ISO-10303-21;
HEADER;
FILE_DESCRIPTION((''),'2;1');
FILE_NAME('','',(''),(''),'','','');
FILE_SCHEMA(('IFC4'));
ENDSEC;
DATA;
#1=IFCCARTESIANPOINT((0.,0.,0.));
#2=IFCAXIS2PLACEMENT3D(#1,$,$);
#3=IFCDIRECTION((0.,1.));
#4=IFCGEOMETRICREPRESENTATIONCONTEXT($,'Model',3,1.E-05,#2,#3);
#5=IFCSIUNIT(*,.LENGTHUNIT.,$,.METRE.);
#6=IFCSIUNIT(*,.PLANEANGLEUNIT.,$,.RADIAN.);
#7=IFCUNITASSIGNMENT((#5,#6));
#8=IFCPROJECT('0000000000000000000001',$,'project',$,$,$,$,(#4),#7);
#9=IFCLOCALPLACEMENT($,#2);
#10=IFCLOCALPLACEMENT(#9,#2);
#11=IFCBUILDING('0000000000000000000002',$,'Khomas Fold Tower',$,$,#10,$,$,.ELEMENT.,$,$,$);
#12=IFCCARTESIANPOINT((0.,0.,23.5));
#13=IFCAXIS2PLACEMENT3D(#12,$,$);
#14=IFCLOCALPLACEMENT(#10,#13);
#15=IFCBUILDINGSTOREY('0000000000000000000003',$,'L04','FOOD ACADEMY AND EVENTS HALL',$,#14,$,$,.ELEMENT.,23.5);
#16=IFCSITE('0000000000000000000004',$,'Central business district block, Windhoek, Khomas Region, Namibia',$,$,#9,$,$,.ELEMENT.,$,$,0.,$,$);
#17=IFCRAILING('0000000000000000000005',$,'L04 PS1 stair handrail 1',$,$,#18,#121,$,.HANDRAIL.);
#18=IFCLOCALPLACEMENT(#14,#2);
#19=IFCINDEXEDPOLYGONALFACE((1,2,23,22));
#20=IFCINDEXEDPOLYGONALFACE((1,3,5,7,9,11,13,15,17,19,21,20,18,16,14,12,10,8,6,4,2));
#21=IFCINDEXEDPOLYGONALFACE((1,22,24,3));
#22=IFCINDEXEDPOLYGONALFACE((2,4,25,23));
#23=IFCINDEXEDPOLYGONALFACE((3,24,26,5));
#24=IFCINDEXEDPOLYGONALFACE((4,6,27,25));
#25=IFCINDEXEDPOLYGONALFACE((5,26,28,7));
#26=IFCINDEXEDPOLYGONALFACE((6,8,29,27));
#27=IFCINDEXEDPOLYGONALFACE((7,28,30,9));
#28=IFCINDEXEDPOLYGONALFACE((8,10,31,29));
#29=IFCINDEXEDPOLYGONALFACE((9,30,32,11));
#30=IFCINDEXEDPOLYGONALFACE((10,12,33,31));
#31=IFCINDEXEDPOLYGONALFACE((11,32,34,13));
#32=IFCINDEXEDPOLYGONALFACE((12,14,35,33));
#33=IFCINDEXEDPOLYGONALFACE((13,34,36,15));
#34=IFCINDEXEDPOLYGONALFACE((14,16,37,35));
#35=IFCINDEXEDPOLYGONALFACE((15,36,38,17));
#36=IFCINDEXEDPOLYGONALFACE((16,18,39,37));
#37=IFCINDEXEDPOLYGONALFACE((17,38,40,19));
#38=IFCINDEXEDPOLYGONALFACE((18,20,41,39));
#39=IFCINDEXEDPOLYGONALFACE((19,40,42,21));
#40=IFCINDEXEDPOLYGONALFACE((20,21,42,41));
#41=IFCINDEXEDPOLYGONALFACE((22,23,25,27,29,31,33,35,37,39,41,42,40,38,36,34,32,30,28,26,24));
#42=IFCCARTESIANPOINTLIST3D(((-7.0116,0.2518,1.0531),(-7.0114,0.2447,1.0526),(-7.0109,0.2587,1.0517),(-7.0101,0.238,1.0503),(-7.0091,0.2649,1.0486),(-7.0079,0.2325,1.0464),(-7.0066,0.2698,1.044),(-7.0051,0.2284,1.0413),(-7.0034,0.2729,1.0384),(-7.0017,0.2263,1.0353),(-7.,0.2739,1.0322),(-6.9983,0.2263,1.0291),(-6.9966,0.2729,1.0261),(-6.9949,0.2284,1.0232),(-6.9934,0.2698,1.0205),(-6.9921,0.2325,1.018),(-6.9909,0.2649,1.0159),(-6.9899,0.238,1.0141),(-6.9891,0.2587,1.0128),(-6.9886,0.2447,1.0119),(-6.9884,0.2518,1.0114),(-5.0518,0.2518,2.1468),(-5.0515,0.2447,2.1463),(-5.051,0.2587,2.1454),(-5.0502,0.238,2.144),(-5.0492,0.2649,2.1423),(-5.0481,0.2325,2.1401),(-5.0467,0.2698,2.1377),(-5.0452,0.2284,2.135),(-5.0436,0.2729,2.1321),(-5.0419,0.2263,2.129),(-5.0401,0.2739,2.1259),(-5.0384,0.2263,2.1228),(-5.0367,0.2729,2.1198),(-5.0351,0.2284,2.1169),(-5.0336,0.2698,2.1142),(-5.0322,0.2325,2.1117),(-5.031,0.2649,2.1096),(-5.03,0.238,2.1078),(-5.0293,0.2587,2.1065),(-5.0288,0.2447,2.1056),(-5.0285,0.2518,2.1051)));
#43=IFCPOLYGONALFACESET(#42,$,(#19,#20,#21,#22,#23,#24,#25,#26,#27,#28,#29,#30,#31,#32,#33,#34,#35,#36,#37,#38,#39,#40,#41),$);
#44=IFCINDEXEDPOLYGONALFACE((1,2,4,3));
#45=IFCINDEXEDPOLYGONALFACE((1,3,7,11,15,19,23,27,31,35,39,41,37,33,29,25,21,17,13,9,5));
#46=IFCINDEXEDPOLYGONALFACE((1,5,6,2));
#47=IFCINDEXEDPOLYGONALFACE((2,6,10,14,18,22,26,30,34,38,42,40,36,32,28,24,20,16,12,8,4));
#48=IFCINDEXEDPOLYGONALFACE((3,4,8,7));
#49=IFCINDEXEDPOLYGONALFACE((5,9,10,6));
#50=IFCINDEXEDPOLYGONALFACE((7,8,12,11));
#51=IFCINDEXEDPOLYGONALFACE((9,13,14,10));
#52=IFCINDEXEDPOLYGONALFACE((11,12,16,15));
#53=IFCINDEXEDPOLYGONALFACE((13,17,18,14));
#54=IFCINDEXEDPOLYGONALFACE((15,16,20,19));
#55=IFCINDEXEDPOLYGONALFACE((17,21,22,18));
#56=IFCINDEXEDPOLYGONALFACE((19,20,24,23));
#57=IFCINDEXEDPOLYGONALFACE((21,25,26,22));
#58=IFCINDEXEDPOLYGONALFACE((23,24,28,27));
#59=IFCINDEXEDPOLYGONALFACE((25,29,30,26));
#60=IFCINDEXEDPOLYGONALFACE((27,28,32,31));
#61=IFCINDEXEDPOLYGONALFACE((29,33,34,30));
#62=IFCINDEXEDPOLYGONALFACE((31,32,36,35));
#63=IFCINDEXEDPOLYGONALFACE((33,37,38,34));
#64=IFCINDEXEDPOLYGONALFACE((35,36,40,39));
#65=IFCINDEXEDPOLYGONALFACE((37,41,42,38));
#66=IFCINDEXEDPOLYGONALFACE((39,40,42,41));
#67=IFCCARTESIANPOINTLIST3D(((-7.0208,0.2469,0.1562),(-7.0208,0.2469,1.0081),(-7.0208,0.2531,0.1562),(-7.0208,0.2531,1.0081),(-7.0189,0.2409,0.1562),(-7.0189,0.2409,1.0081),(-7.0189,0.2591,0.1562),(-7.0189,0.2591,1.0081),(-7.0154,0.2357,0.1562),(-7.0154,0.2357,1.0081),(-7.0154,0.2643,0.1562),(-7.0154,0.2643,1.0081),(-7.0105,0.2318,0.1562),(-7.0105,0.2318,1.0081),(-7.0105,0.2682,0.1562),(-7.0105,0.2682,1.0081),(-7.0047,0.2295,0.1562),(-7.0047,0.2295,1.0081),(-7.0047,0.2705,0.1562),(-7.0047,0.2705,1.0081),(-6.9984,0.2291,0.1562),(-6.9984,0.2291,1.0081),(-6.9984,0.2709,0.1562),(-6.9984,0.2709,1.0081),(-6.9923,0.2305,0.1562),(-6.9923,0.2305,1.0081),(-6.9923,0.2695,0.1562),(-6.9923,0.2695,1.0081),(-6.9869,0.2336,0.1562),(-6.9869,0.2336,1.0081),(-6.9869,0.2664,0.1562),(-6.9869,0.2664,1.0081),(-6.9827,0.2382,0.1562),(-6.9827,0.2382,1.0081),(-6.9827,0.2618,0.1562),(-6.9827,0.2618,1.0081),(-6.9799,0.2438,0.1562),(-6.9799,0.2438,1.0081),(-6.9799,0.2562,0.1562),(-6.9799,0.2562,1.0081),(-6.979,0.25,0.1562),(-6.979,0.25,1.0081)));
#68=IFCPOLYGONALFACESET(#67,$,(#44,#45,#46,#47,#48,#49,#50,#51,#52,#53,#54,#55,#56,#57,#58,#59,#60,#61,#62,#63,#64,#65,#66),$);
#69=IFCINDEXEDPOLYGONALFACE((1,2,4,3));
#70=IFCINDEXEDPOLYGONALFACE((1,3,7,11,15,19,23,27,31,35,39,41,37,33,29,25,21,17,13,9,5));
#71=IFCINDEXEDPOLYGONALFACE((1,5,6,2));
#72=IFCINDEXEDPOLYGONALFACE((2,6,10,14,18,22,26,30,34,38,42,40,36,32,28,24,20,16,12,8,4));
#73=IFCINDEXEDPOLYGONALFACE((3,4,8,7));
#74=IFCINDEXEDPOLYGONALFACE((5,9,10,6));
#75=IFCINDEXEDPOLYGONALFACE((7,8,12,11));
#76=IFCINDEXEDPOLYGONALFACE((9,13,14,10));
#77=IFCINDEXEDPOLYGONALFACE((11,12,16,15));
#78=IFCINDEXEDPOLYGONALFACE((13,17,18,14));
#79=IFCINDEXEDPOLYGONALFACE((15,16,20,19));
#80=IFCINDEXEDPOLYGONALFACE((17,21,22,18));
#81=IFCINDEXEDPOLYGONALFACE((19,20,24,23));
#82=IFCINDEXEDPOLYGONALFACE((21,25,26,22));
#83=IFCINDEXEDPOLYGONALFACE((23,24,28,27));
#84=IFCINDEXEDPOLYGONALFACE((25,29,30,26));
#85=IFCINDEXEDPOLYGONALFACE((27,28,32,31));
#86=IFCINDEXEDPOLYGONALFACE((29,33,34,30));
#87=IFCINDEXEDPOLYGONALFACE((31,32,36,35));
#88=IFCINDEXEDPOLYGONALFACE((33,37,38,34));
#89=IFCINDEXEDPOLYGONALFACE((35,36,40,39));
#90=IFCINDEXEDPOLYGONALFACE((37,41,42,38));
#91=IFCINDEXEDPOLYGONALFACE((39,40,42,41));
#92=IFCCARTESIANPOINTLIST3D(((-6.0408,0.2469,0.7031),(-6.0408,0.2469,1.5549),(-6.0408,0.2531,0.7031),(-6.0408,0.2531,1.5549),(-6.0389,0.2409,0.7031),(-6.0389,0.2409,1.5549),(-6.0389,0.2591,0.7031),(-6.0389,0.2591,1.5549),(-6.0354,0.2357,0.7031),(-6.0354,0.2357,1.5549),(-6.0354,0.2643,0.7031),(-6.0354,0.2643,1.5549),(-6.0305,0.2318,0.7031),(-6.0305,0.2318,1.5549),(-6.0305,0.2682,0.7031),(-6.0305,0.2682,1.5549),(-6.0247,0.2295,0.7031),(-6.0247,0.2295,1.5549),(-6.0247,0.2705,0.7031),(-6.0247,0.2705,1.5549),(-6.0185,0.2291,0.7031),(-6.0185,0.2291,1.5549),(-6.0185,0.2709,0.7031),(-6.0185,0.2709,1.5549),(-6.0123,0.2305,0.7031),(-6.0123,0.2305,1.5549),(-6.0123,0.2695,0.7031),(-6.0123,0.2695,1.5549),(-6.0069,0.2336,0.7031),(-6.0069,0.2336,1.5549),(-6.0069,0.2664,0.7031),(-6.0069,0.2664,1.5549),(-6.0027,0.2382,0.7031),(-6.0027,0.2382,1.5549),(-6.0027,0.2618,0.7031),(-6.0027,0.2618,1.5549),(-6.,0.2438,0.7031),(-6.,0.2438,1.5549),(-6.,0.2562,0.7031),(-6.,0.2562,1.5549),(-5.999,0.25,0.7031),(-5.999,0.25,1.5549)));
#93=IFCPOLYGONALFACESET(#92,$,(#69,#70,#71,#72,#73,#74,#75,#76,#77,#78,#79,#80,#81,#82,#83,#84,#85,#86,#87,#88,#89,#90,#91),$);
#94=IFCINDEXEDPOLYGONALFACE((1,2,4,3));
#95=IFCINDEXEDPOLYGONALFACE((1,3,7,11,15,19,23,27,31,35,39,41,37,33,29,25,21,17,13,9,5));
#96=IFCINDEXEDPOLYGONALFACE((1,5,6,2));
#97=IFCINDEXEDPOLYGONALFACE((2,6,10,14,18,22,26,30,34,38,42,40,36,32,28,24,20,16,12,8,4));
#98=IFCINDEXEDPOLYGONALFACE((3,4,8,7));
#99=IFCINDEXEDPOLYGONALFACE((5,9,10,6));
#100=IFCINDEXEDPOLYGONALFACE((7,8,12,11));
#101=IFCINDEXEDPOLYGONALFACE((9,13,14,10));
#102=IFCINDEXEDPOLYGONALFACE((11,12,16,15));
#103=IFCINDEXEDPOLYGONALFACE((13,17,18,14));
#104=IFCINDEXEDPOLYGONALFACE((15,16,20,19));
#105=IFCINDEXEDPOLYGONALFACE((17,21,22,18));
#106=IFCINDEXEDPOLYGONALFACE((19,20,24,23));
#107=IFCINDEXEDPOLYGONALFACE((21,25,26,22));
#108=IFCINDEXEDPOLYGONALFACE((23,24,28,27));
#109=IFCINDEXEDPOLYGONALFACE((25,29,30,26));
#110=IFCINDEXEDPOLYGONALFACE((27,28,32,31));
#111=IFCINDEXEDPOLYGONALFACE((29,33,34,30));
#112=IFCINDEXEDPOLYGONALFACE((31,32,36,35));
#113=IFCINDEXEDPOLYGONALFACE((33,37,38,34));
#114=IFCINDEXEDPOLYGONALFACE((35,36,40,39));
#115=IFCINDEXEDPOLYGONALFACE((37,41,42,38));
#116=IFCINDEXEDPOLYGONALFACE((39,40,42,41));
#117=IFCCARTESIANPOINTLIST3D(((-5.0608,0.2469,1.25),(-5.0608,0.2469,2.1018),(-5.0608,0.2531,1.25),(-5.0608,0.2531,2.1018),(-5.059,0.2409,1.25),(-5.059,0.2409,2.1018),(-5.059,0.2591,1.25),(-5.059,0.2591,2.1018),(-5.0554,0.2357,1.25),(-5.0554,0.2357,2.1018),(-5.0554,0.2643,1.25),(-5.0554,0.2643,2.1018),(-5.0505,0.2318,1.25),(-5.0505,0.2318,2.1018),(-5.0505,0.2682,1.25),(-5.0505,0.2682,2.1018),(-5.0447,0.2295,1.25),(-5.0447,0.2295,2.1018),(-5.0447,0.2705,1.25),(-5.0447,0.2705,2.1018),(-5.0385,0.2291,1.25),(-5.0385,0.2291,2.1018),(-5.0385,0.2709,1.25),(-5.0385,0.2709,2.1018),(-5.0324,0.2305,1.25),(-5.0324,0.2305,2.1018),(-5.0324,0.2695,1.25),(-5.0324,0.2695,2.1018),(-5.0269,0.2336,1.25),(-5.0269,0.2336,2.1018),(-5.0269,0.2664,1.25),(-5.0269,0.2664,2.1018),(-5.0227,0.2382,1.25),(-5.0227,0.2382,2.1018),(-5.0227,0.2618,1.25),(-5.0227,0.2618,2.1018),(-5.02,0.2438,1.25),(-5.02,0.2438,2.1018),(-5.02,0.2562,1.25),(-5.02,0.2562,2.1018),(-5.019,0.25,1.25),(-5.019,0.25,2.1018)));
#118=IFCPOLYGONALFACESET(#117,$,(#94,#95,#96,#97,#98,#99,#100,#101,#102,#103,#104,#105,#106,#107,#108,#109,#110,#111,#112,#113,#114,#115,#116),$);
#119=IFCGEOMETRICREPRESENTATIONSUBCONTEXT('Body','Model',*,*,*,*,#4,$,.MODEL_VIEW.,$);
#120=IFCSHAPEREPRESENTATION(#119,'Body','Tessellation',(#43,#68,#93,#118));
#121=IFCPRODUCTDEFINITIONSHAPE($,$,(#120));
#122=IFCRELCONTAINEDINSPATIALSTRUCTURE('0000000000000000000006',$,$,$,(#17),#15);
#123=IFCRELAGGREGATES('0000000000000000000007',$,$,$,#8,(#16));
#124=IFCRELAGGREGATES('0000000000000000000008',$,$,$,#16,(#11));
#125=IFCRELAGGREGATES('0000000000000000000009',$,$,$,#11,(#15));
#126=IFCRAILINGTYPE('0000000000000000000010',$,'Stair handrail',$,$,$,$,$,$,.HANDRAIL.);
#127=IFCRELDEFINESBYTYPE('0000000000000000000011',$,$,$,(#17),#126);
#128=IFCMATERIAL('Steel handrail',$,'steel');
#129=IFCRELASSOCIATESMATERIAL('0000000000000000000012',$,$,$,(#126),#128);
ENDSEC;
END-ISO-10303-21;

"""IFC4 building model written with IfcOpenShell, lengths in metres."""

from ifc_helpers import new_model, si_unit, direction, frame, origin, origin_2d, place, context, subcontext, project, spatial, circle, extrude, source, transform, mapped, material, type_object, element, save


model = new_model("IFC4")

# Units and contexts
model_context = context("Model", 3, precision=1e-05, world=origin(), true_north=direction((0.0, 1.0)))
body_context = subcontext(model_context, "Body", "Model", "MODEL_VIEW")
ifc_project = project(units=[si_unit("LENGTHUNIT", "METRE"), si_unit("PLANEANGLEUNIT", "RADIAN")], contexts=[model_context])

# Site, building, storey
site_placement = place(None, origin())
site = spatial("IfcSite", under=ifc_project, at=site_placement, Name="Central business district block, Windhoek, Khomas Region, Namibia", CompositionType="ELEMENT", RefElevation=0.0)
building_placement = place(site_placement, origin())
building = spatial("IfcBuilding", under=site, at=building_placement, Name="Khomas Fold Tower", CompositionType="ELEMENT")
storey_placement = place(building_placement, frame((0.0, 0.0, 23.5)))
storey = spatial("IfcBuildingStorey", under=building, at=storey_placement, Name="L04", Description="FOOD ACADEMY AND EVENTS HALL", CompositionType="ELEMENT", Elevation=23.5)

# Railing
ifc_material_1 = material(Name="Steel handrail", Category="steel")
railing_type_1 = type_object("IfcRailingType", Name="Stair handrail", PredefinedType="HANDRAIL", material=ifc_material_1)
shared_shape_1 = source(origin(), body_context, "Body", "SweptSolid", [
    extrude(circle(Radius=0.0239, at=origin_2d()), frame((0.0, 0.0, 0.876), z_axis=(0.873232, 0.0, 0.487304), x_axis=(0.0, 1.0, 0.0)), (0.0, 0.0, 1.0), 2.2444),
    extrude(circle(Radius=0.021, at=origin_2d()), origin(), (0.0, 0.0, 1.0), 0.8518),
    extrude(circle(Radius=0.021, at=origin_2d()), frame((0.98, 0.0, 0.5469)), (0.0, 0.0, 1.0), 0.8518),
    extrude(circle(Radius=0.021, at=origin_2d()), frame((1.96, 0.0, 1.0938)), (0.0, 0.0, 1.0), 0.8518),
])
for number, where, name in (
    (1, (-7.0, 0.25, 0.1562), "L04 PS1 stair handrail 1"),
):
    element("IfcRailing", number, at=place(storey_placement, frame(where)), inside=storey, type_object=railing_type_1, Name=name, PredefinedType="HANDRAIL", context=body_context, shape_type="MappedRepresentation", body=[
        mapped(shared_shape_1, transform((0.0, 0.0, 0.0))),
    ])

save(model, "model.ifc")
